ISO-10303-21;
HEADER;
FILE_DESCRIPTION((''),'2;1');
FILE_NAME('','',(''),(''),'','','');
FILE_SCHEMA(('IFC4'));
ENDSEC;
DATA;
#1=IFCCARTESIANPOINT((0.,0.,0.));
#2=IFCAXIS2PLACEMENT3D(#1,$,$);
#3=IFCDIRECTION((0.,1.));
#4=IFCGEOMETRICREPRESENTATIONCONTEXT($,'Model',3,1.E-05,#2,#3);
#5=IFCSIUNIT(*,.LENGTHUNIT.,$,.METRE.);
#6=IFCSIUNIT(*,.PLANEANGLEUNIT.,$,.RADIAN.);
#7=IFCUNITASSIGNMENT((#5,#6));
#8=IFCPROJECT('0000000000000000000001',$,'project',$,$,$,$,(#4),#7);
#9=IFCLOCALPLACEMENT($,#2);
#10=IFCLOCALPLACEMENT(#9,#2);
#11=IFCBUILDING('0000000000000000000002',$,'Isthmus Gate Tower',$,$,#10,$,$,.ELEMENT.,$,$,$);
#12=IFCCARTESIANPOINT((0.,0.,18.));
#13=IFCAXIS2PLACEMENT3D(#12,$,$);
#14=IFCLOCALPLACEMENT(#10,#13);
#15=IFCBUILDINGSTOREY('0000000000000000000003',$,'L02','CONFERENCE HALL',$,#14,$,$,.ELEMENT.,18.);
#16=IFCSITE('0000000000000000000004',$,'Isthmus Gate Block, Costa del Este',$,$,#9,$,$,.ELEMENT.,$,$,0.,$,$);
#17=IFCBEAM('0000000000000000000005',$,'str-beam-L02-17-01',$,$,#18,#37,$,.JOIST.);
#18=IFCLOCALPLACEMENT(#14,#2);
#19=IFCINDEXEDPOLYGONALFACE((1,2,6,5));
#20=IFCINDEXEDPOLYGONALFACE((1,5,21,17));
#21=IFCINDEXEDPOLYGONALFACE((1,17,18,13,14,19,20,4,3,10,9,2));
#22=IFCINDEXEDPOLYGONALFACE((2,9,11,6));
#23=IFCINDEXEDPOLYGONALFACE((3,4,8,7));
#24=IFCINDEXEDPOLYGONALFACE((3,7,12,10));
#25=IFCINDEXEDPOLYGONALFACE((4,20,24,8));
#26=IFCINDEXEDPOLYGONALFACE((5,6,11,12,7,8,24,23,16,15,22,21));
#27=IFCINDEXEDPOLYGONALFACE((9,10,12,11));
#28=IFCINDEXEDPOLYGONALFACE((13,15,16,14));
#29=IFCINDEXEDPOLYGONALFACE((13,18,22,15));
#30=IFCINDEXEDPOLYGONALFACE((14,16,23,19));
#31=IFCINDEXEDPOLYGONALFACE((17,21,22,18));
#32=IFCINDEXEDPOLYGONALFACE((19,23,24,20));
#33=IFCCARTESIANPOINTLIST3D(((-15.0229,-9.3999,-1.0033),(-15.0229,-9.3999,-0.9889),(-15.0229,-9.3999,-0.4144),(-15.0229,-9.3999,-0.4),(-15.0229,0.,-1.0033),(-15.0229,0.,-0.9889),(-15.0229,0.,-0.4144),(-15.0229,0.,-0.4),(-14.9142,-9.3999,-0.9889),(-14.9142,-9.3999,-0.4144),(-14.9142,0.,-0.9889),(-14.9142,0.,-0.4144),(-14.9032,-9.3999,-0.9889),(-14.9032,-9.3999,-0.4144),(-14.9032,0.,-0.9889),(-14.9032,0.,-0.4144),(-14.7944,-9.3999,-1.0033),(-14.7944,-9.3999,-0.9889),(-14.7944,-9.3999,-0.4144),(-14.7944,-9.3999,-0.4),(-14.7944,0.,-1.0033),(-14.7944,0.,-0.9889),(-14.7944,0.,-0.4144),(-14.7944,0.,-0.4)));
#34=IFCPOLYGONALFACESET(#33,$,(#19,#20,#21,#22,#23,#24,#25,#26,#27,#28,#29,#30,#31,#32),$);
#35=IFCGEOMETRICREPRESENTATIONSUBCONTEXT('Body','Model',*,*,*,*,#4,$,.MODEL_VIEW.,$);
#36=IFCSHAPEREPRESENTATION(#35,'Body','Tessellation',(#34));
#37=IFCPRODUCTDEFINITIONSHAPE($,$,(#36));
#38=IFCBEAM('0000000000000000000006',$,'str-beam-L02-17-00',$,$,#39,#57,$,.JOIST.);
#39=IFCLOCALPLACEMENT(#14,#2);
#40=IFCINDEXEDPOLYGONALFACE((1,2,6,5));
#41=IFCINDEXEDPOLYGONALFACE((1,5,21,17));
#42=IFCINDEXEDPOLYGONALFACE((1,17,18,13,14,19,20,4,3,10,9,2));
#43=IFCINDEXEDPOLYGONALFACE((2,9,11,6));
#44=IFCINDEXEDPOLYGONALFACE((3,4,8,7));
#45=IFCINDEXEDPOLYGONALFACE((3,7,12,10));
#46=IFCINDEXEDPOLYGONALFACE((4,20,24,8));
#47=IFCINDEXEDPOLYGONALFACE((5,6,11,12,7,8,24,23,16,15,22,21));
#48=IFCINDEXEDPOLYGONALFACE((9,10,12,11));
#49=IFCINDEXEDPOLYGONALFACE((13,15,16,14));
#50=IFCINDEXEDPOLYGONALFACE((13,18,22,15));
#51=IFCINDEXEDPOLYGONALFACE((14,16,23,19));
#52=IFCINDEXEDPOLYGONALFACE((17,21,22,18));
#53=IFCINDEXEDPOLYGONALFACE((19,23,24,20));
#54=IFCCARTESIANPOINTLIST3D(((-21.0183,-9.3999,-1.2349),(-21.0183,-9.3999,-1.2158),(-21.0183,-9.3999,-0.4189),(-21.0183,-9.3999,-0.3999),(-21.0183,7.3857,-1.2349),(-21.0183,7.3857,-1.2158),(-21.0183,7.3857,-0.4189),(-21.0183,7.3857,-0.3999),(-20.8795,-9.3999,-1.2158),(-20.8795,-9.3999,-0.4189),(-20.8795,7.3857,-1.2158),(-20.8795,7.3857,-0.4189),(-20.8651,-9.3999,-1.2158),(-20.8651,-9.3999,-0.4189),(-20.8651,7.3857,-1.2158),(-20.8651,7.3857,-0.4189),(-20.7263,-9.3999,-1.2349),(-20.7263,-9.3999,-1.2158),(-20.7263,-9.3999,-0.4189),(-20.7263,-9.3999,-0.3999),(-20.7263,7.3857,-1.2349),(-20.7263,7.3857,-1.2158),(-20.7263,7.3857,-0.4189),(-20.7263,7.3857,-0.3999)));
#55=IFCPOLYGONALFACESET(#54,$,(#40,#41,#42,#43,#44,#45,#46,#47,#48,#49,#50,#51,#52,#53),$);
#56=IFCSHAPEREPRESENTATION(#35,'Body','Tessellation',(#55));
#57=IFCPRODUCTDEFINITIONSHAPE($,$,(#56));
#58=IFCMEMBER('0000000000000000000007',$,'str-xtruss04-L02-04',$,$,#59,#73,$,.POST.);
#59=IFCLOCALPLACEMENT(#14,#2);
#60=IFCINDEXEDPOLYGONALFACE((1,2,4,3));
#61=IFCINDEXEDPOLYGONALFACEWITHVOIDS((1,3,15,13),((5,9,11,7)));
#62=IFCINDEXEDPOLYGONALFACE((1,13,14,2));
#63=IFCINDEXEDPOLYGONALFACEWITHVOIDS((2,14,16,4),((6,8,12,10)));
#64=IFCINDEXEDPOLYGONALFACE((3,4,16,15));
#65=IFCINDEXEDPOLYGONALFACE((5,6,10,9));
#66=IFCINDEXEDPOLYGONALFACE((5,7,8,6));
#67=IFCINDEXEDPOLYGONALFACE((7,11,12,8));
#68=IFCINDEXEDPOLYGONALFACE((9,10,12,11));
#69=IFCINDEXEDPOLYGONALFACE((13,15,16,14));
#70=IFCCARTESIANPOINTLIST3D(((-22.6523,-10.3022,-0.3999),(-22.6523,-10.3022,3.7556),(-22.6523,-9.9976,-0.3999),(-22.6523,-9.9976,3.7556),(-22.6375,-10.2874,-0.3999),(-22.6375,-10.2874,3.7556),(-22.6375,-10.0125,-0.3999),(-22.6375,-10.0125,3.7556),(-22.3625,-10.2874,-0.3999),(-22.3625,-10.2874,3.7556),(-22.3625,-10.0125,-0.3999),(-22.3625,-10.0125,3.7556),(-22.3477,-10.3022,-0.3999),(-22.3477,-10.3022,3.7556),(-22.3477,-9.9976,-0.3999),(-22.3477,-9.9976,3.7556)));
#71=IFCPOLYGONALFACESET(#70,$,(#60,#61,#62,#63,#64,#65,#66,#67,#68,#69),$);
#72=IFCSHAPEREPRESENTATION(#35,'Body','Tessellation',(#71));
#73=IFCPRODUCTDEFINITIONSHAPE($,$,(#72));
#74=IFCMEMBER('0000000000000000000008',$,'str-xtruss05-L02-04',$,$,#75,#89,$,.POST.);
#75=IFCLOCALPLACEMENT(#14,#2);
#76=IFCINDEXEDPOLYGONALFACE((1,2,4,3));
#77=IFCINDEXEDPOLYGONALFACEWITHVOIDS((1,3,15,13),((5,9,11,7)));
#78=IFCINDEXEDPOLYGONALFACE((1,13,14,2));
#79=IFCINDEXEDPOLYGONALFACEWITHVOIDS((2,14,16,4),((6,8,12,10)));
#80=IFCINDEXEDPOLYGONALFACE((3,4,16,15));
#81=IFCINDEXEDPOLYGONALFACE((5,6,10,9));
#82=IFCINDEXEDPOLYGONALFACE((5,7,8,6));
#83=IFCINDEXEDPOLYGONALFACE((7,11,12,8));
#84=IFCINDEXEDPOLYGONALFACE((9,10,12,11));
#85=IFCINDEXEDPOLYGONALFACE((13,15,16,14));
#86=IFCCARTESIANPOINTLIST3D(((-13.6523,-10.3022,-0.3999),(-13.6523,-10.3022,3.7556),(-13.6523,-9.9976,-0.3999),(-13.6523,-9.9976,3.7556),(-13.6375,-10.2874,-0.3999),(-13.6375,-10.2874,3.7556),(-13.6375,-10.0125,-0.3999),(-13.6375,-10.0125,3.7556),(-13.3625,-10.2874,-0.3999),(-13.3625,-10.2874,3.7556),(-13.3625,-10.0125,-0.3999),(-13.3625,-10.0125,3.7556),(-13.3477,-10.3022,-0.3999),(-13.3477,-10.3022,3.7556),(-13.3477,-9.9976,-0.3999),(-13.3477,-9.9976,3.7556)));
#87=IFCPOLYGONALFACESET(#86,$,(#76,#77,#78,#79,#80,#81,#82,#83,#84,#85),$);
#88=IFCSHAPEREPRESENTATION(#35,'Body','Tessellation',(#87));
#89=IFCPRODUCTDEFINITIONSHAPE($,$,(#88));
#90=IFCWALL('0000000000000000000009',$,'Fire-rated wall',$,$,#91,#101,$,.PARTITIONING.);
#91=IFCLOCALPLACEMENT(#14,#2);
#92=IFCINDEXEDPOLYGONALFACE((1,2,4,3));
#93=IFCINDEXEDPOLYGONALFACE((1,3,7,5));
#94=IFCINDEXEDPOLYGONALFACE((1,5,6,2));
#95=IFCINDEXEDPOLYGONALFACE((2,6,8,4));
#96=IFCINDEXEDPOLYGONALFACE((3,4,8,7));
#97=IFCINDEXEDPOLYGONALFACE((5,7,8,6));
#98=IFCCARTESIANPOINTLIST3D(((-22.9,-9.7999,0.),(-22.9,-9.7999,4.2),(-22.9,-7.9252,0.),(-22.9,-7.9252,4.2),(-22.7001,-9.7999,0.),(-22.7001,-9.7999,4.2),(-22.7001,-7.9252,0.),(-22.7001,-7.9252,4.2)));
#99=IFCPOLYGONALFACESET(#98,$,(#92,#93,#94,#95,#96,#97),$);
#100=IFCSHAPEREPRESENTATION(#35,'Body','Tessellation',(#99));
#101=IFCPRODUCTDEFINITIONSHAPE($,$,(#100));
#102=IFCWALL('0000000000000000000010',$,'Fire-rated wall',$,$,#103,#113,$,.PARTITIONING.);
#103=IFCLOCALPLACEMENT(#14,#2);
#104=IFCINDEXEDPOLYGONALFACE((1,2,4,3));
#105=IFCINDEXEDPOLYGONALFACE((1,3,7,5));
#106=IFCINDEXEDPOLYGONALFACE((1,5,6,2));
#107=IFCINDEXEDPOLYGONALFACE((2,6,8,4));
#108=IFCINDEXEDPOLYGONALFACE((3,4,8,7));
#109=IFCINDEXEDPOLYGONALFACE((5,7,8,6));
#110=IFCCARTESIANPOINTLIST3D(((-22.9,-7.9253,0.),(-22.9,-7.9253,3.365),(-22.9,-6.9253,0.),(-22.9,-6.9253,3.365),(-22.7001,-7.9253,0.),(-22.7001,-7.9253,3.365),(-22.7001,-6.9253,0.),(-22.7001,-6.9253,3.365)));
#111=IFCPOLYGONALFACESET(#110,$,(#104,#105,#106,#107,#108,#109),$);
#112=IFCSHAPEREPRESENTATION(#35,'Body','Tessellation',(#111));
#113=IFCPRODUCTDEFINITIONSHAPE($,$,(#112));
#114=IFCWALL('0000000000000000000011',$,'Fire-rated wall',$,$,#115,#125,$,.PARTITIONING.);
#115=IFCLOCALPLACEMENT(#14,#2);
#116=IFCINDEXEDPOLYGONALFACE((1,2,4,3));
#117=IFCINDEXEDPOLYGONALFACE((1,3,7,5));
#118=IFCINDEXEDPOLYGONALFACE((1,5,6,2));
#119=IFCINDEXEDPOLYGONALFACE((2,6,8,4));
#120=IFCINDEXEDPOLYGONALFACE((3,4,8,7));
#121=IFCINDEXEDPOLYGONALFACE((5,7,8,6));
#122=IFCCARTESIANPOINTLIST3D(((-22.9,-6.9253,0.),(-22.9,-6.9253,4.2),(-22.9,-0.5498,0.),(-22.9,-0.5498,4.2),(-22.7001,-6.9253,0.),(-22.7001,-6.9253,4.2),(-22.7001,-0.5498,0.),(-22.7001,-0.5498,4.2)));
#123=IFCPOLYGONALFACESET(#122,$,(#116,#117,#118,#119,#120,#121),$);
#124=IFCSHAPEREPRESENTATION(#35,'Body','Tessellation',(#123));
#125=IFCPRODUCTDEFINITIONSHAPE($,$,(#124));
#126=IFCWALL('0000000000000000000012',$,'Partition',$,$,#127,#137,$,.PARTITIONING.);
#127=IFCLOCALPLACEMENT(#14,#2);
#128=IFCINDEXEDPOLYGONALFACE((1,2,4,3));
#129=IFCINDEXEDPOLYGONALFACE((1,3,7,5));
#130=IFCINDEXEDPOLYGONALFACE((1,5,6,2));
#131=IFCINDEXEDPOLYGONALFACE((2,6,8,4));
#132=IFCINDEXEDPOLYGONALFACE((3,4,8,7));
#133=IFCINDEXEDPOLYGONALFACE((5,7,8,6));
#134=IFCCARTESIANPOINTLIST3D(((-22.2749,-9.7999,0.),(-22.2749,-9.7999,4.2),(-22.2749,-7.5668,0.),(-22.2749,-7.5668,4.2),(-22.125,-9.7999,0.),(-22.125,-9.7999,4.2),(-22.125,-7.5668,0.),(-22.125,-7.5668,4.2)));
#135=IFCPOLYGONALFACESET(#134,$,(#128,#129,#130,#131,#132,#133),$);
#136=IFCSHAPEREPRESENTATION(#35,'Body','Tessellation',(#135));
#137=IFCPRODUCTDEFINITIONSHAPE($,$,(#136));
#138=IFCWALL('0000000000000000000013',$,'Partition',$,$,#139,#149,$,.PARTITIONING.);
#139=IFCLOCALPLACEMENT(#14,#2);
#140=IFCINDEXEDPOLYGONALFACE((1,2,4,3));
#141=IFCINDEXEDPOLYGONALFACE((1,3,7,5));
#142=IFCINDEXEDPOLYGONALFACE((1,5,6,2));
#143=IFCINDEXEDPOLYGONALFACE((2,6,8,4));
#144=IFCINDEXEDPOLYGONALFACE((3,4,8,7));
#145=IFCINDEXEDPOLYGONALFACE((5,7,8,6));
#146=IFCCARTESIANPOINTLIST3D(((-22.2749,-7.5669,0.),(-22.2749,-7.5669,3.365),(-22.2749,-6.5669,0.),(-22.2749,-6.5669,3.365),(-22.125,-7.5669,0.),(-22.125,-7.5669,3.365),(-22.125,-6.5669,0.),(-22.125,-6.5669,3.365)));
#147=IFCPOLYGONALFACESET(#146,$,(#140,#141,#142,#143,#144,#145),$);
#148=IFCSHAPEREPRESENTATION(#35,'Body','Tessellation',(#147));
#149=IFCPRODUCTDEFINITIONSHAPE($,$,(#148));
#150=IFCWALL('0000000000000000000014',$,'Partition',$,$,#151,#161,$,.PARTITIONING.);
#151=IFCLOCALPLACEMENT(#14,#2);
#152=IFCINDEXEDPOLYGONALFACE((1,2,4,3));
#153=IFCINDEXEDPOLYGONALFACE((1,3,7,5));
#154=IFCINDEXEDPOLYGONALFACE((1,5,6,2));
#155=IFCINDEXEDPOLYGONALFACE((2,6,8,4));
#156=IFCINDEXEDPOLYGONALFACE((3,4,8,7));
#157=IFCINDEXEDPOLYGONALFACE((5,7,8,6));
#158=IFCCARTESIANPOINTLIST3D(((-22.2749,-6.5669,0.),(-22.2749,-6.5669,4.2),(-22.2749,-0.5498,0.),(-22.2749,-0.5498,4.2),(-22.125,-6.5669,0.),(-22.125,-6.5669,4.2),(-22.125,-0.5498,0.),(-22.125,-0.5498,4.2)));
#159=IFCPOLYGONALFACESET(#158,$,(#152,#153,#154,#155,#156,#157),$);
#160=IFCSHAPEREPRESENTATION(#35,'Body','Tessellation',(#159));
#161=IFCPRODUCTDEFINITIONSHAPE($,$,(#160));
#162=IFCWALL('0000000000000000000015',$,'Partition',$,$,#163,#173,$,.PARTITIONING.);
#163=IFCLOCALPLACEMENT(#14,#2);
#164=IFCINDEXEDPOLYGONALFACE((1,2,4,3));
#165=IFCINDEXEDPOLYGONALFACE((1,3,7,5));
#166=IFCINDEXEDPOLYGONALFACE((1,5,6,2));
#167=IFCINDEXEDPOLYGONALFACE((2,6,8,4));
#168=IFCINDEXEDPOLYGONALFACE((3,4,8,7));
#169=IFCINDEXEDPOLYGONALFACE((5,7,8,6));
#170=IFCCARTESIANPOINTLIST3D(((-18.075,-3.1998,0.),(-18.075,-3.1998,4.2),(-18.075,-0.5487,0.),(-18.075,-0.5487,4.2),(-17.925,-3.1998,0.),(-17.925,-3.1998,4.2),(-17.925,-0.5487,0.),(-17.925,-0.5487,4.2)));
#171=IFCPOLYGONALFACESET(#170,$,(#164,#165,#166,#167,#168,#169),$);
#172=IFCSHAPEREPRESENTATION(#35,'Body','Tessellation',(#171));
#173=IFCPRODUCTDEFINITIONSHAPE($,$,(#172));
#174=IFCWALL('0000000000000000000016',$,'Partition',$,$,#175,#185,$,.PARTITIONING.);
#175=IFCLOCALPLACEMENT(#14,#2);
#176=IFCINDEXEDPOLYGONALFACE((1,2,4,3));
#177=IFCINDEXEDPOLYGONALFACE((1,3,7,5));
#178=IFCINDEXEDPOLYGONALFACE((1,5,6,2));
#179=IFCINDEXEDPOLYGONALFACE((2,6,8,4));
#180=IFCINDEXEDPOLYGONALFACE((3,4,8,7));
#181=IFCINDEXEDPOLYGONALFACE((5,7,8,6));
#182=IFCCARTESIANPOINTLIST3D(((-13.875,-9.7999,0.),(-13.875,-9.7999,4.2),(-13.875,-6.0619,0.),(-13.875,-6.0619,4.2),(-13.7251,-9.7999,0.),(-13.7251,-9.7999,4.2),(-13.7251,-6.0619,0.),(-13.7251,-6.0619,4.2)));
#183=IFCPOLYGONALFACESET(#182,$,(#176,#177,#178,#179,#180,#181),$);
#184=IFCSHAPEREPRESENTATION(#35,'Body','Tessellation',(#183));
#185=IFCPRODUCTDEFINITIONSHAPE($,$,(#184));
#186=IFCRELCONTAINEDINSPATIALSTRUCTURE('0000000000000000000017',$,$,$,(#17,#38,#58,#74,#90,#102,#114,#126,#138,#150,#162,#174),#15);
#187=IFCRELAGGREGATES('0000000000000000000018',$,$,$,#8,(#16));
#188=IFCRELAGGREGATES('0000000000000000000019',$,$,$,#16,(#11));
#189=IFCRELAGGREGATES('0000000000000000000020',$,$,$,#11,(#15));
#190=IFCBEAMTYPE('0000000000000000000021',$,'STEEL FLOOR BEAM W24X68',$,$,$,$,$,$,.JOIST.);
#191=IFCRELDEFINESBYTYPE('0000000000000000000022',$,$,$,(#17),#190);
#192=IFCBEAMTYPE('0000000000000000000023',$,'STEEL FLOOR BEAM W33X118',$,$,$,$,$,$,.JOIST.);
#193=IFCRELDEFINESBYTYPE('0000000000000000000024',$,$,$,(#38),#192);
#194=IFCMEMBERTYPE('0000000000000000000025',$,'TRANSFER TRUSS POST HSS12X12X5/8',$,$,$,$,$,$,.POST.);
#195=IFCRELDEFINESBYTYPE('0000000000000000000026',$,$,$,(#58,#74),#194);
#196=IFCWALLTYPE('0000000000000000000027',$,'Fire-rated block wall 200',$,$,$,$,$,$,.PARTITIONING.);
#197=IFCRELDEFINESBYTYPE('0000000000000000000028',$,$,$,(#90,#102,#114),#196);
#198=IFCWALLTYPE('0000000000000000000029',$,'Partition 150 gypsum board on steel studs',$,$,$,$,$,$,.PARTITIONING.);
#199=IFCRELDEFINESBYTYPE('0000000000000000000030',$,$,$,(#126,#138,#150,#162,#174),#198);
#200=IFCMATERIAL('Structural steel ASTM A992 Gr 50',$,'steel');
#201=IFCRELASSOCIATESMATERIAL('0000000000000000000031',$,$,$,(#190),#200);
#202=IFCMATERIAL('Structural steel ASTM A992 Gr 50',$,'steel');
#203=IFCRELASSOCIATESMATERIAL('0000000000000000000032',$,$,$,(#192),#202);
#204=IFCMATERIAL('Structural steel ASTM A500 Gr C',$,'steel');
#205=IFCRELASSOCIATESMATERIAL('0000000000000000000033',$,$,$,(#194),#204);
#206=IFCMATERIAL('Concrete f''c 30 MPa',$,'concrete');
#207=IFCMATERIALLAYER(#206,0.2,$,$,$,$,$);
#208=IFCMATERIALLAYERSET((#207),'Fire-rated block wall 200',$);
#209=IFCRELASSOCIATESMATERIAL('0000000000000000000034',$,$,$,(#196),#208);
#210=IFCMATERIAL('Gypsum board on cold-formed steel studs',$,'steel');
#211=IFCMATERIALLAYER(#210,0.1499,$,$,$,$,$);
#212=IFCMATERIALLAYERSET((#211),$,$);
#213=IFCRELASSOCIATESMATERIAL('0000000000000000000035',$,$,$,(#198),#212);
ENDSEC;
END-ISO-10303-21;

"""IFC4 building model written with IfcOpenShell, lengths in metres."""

from ifc_helpers import new_model, si_unit, direction, frame, frame_2d, origin, origin_2d, place, context, subcontext, project, spatial, rectangle, hollow_rectangle, i_section, extrude, material, layer, layer_set, material_profile, profile_set, type_object, element, save


model = new_model("IFC4")

# Units and contexts
model_context = context("Model", 3, precision=1e-05, world=origin(), true_north=direction((0.0, 1.0)))
body_context = subcontext(model_context, "Body", "Model", "MODEL_VIEW")
ifc_project = project(units=[si_unit("LENGTHUNIT", "METRE"), si_unit("PLANEANGLEUNIT", "RADIAN")], contexts=[model_context])

# Site, building, storey
site_placement = place(None, origin())
site = spatial("IfcSite", under=ifc_project, at=site_placement, Name="Isthmus Gate Block, Costa del Este", CompositionType="ELEMENT", RefElevation=0.0)
building_placement = place(site_placement, origin())
building = spatial("IfcBuilding", under=site, at=building_placement, Name="Isthmus Gate Tower", CompositionType="ELEMENT")
storey_placement = place(building_placement, frame((0.0, 0.0, 18.0)))
storey = spatial("IfcBuildingStorey", under=building, at=storey_placement, Name="L02", Description="CONFERENCE HALL", CompositionType="ELEMENT", Elevation=18.0)

# Beams
ifc_material_1 = material(Name="Structural steel ASTM A992 Gr 50", Category="steel")
ifc_material_profile_1 = material_profile(ifc_material_1, i_section(OverallWidth=0.2285, OverallDepth=0.6033, WebThickness=0.011, FlangeThickness=0.0144, at=origin_2d()), Name="W24X68")
ifc_profile_set_1 = profile_set([ifc_material_profile_1], Name="Structural steel ASTM A992 Gr 50")
beam_type_1 = type_object("IfcBeamType", Name="STEEL FLOOR BEAM W24X68", PredefinedType="JOIST", material=ifc_profile_set_1)
beam_1_placement = place(storey_placement, frame((-14.9087, -9.3999, -0.7017), z_axis=(0.0, 1.0, 0.0), x_axis=(-1.0, 0.0, 0.0)))
element("IfcBeam", 1, at=beam_1_placement, inside=storey, type_object=beam_type_1, Name="str-beam-L02-17-01", PredefinedType="JOIST", context=body_context, shape_type="SweptSolid", body=[
    extrude(i_section(OverallWidth=0.2285, OverallDepth=0.6033, WebThickness=0.011, FlangeThickness=0.0144, at=origin_2d()), origin(), (0.0, 0.0, 1.0), 9.3999),
])
ifc_material_2 = material(Name="Structural steel ASTM A992 Gr 50", Category="steel")
ifc_material_profile_2 = material_profile(ifc_material_2, i_section(OverallWidth=0.292, OverallDepth=0.835, WebThickness=0.0144, FlangeThickness=0.019, at=origin_2d()), Name="W33X118")
ifc_profile_set_2 = profile_set([ifc_material_profile_2], Name="Structural steel ASTM A992 Gr 50")
beam_type_2 = type_object("IfcBeamType", Name="STEEL FLOOR BEAM W33X118", PredefinedType="JOIST", material=ifc_profile_set_2)
beam_2_placement = place(storey_placement, frame((-20.8723, -9.3999, -0.8174), z_axis=(0.0, 1.0, 0.0), x_axis=(-1.0, 0.0, 0.0)))
element("IfcBeam", 2, at=beam_2_placement, inside=storey, type_object=beam_type_2, Name="str-beam-L02-17-00", PredefinedType="JOIST", context=body_context, shape_type="SweptSolid", body=[
    extrude(i_section(OverallWidth=0.292, OverallDepth=0.835, WebThickness=0.0144, FlangeThickness=0.019, at=origin_2d()), origin(), (0.0, 0.0, 1.0), 16.7856),
])

# Members
ifc_material_3 = material(Name="Structural steel ASTM A500 Gr C", Category="steel")
ifc_material_profile_3 = material_profile(ifc_material_3, hollow_rectangle(XDim=0.3047, YDim=0.3047, WallThickness=0.0149, at=origin_2d()), Name="HSS12X12X5/8")
ifc_profile_set_3 = profile_set([ifc_material_profile_3], Name="Structural steel ASTM A500 Gr C")
member_type = type_object("IfcMemberType", Name="TRANSFER TRUSS POST HSS12X12X5/8", PredefinedType="POST", material=ifc_profile_set_3)
for number, where, z_axis, x_axis, name in (
    (3, (-22.5, -10.1499, -0.3999), (0.0, 0.0, 1.0), (1.0, 0.0, 0.0), "str-xtruss04-L02-04"),
    (4, (-13.5, -10.1499, -0.3999), (0.0, 0.0, 1.0), (1.0, 0.0, 0.0), "str-xtruss05-L02-04"),
):
    element("IfcMember", number, at=place(storey_placement, frame(where, z_axis=z_axis, x_axis=x_axis)), inside=storey, type_object=member_type, Name=name, PredefinedType="POST", context=body_context, shape_type="SweptSolid", body=[
        extrude(hollow_rectangle(XDim=0.3047, YDim=0.3047, WallThickness=0.0149, at=origin_2d()), origin(), (0.0, 0.0, 1.0), 4.1555),
    ])

# Walls
ifc_material_4 = material(Name="Concrete f'c 30 MPa", Category="concrete")
ifc_layer_1 = layer(ifc_material_4, 0.2)
ifc_layer_set_1 = layer_set([ifc_layer_1], Name="Fire-rated block wall 200")
wall_type_1 = type_object("IfcWallType", Name="Fire-rated block wall 200", PredefinedType="PARTITIONING", material=ifc_layer_set_1)
wall_1_placement = place(storey_placement, frame((-22.8, -9.8, 0.0), z_axis=(0.0, 0.0, 1.0), x_axis=(0.0, 1.0, 0.0)))
element("IfcWall", 5, at=wall_1_placement, inside=storey, type_object=wall_type_1, Name="Fire-rated wall", PredefinedType="PARTITIONING", context=body_context, shape_type="SweptSolid", body=[
    extrude(rectangle(XDim=1.8748, YDim=0.2, at=frame_2d((0.9375, 0.0))), origin(), (0.0, 0.0, 1.0), 4.2),
])
wall_2_placement = place(storey_placement, frame((-22.8, -7.9253, 0.0), z_axis=(0.0, 0.0, 1.0), x_axis=(0.0, 1.0, 0.0)))
element("IfcWall", 6, at=wall_2_placement, inside=storey, type_object=wall_type_1, Name="Fire-rated wall", PredefinedType="PARTITIONING", context=body_context, shape_type="SweptSolid", body=[
    extrude(rectangle(XDim=1.0, YDim=0.2, at=frame_2d((0.5, 0.0))), origin(), (0.0, 0.0, 1.0), 3.365),
])
wall_3_placement = place(storey_placement, frame((-22.8, -6.9253, 0.0), z_axis=(0.0, 0.0, 1.0), x_axis=(0.0, 1.0, 0.0)))
element("IfcWall", 7, at=wall_3_placement, inside=storey, type_object=wall_type_1, Name="Fire-rated wall", PredefinedType="PARTITIONING", context=body_context, shape_type="SweptSolid", body=[
    extrude(rectangle(XDim=6.3755, YDim=0.2, at=frame_2d((3.1877, 0.0))), origin(), (0.0, 0.0, 1.0), 4.2),
])
ifc_material_5 = material(Name="Gypsum board on cold-formed steel studs", Category="steel")
ifc_layer_2 = layer(ifc_material_5, 0.1499)
ifc_layer_set_2 = layer_set([ifc_layer_2])
wall_type_2 = type_object("IfcWallType", Name="Partition 150 gypsum board on steel studs", PredefinedType="PARTITIONING", material=ifc_layer_set_2)
wall_4_placement = place(storey_placement, frame((-22.2, -9.8, 0.0), z_axis=(0.0, 0.0, 1.0), x_axis=(0.0, 1.0, 0.0)))
element("IfcWall", 8, at=wall_4_placement, inside=storey, type_object=wall_type_2, Name="Partition", PredefinedType="PARTITIONING", context=body_context, shape_type="SweptSolid", body=[
    extrude(rectangle(XDim=2.2332, YDim=0.1499, at=frame_2d((1.1167, 0.0))), origin(), (0.0, 0.0, 1.0), 4.2),
])
wall_5_placement = place(storey_placement, frame((-22.2, -7.5669, 0.0), z_axis=(0.0, 0.0, 1.0), x_axis=(0.0, 1.0, 0.0)))
element("IfcWall", 9, at=wall_5_placement, inside=storey, type_object=wall_type_2, Name="Partition", PredefinedType="PARTITIONING", context=body_context, shape_type="SweptSolid", body=[
    extrude(rectangle(XDim=1.0, YDim=0.1499, at=frame_2d((0.5, 0.0))), origin(), (0.0, 0.0, 1.0), 3.365),
])
wall_6_placement = place(storey_placement, frame((-22.2, -6.5669, 0.0), z_axis=(0.0, 0.0, 1.0), x_axis=(0.0, 1.0, 0.0)))
element("IfcWall", 10, at=wall_6_placement, inside=storey, type_object=wall_type_2, Name="Partition", PredefinedType="PARTITIONING", context=body_context, shape_type="SweptSolid", body=[
    extrude(rectangle(XDim=6.0171, YDim=0.1499, at=frame_2d((3.0085, 0.0))), origin(), (0.0, 0.0, 1.0), 4.2),
])
wall_7_placement = place(storey_placement, frame((-18.0, -3.2, 0.0), z_axis=(0.0, 0.0, 1.0), x_axis=(0.0, 1.0, 0.0)))
element("IfcWall", 11, at=wall_7_placement, inside=storey, type_object=wall_type_2, Name="Partition", PredefinedType="PARTITIONING", context=body_context, shape_type="SweptSolid", body=[
    extrude(rectangle(XDim=2.6511, YDim=0.1499, at=frame_2d((1.3257, 0.0))), origin(), (0.0, 0.0, 1.0), 4.2),
])
wall_8_placement = place(storey_placement, frame((-13.8, -9.8, 0.0), z_axis=(0.0, 0.0, 1.0), x_axis=(0.0, 1.0, 0.0)))
element("IfcWall", 12, at=wall_8_placement, inside=storey, type_object=wall_type_2, Name="Partition", PredefinedType="PARTITIONING", context=body_context, shape_type="SweptSolid", body=[
    extrude(rectangle(XDim=3.738, YDim=0.1499, at=frame_2d((1.8691, 0.0))), origin(), (0.0, 0.0, 1.0), 4.2),
])

save(model, "model.ifc")
